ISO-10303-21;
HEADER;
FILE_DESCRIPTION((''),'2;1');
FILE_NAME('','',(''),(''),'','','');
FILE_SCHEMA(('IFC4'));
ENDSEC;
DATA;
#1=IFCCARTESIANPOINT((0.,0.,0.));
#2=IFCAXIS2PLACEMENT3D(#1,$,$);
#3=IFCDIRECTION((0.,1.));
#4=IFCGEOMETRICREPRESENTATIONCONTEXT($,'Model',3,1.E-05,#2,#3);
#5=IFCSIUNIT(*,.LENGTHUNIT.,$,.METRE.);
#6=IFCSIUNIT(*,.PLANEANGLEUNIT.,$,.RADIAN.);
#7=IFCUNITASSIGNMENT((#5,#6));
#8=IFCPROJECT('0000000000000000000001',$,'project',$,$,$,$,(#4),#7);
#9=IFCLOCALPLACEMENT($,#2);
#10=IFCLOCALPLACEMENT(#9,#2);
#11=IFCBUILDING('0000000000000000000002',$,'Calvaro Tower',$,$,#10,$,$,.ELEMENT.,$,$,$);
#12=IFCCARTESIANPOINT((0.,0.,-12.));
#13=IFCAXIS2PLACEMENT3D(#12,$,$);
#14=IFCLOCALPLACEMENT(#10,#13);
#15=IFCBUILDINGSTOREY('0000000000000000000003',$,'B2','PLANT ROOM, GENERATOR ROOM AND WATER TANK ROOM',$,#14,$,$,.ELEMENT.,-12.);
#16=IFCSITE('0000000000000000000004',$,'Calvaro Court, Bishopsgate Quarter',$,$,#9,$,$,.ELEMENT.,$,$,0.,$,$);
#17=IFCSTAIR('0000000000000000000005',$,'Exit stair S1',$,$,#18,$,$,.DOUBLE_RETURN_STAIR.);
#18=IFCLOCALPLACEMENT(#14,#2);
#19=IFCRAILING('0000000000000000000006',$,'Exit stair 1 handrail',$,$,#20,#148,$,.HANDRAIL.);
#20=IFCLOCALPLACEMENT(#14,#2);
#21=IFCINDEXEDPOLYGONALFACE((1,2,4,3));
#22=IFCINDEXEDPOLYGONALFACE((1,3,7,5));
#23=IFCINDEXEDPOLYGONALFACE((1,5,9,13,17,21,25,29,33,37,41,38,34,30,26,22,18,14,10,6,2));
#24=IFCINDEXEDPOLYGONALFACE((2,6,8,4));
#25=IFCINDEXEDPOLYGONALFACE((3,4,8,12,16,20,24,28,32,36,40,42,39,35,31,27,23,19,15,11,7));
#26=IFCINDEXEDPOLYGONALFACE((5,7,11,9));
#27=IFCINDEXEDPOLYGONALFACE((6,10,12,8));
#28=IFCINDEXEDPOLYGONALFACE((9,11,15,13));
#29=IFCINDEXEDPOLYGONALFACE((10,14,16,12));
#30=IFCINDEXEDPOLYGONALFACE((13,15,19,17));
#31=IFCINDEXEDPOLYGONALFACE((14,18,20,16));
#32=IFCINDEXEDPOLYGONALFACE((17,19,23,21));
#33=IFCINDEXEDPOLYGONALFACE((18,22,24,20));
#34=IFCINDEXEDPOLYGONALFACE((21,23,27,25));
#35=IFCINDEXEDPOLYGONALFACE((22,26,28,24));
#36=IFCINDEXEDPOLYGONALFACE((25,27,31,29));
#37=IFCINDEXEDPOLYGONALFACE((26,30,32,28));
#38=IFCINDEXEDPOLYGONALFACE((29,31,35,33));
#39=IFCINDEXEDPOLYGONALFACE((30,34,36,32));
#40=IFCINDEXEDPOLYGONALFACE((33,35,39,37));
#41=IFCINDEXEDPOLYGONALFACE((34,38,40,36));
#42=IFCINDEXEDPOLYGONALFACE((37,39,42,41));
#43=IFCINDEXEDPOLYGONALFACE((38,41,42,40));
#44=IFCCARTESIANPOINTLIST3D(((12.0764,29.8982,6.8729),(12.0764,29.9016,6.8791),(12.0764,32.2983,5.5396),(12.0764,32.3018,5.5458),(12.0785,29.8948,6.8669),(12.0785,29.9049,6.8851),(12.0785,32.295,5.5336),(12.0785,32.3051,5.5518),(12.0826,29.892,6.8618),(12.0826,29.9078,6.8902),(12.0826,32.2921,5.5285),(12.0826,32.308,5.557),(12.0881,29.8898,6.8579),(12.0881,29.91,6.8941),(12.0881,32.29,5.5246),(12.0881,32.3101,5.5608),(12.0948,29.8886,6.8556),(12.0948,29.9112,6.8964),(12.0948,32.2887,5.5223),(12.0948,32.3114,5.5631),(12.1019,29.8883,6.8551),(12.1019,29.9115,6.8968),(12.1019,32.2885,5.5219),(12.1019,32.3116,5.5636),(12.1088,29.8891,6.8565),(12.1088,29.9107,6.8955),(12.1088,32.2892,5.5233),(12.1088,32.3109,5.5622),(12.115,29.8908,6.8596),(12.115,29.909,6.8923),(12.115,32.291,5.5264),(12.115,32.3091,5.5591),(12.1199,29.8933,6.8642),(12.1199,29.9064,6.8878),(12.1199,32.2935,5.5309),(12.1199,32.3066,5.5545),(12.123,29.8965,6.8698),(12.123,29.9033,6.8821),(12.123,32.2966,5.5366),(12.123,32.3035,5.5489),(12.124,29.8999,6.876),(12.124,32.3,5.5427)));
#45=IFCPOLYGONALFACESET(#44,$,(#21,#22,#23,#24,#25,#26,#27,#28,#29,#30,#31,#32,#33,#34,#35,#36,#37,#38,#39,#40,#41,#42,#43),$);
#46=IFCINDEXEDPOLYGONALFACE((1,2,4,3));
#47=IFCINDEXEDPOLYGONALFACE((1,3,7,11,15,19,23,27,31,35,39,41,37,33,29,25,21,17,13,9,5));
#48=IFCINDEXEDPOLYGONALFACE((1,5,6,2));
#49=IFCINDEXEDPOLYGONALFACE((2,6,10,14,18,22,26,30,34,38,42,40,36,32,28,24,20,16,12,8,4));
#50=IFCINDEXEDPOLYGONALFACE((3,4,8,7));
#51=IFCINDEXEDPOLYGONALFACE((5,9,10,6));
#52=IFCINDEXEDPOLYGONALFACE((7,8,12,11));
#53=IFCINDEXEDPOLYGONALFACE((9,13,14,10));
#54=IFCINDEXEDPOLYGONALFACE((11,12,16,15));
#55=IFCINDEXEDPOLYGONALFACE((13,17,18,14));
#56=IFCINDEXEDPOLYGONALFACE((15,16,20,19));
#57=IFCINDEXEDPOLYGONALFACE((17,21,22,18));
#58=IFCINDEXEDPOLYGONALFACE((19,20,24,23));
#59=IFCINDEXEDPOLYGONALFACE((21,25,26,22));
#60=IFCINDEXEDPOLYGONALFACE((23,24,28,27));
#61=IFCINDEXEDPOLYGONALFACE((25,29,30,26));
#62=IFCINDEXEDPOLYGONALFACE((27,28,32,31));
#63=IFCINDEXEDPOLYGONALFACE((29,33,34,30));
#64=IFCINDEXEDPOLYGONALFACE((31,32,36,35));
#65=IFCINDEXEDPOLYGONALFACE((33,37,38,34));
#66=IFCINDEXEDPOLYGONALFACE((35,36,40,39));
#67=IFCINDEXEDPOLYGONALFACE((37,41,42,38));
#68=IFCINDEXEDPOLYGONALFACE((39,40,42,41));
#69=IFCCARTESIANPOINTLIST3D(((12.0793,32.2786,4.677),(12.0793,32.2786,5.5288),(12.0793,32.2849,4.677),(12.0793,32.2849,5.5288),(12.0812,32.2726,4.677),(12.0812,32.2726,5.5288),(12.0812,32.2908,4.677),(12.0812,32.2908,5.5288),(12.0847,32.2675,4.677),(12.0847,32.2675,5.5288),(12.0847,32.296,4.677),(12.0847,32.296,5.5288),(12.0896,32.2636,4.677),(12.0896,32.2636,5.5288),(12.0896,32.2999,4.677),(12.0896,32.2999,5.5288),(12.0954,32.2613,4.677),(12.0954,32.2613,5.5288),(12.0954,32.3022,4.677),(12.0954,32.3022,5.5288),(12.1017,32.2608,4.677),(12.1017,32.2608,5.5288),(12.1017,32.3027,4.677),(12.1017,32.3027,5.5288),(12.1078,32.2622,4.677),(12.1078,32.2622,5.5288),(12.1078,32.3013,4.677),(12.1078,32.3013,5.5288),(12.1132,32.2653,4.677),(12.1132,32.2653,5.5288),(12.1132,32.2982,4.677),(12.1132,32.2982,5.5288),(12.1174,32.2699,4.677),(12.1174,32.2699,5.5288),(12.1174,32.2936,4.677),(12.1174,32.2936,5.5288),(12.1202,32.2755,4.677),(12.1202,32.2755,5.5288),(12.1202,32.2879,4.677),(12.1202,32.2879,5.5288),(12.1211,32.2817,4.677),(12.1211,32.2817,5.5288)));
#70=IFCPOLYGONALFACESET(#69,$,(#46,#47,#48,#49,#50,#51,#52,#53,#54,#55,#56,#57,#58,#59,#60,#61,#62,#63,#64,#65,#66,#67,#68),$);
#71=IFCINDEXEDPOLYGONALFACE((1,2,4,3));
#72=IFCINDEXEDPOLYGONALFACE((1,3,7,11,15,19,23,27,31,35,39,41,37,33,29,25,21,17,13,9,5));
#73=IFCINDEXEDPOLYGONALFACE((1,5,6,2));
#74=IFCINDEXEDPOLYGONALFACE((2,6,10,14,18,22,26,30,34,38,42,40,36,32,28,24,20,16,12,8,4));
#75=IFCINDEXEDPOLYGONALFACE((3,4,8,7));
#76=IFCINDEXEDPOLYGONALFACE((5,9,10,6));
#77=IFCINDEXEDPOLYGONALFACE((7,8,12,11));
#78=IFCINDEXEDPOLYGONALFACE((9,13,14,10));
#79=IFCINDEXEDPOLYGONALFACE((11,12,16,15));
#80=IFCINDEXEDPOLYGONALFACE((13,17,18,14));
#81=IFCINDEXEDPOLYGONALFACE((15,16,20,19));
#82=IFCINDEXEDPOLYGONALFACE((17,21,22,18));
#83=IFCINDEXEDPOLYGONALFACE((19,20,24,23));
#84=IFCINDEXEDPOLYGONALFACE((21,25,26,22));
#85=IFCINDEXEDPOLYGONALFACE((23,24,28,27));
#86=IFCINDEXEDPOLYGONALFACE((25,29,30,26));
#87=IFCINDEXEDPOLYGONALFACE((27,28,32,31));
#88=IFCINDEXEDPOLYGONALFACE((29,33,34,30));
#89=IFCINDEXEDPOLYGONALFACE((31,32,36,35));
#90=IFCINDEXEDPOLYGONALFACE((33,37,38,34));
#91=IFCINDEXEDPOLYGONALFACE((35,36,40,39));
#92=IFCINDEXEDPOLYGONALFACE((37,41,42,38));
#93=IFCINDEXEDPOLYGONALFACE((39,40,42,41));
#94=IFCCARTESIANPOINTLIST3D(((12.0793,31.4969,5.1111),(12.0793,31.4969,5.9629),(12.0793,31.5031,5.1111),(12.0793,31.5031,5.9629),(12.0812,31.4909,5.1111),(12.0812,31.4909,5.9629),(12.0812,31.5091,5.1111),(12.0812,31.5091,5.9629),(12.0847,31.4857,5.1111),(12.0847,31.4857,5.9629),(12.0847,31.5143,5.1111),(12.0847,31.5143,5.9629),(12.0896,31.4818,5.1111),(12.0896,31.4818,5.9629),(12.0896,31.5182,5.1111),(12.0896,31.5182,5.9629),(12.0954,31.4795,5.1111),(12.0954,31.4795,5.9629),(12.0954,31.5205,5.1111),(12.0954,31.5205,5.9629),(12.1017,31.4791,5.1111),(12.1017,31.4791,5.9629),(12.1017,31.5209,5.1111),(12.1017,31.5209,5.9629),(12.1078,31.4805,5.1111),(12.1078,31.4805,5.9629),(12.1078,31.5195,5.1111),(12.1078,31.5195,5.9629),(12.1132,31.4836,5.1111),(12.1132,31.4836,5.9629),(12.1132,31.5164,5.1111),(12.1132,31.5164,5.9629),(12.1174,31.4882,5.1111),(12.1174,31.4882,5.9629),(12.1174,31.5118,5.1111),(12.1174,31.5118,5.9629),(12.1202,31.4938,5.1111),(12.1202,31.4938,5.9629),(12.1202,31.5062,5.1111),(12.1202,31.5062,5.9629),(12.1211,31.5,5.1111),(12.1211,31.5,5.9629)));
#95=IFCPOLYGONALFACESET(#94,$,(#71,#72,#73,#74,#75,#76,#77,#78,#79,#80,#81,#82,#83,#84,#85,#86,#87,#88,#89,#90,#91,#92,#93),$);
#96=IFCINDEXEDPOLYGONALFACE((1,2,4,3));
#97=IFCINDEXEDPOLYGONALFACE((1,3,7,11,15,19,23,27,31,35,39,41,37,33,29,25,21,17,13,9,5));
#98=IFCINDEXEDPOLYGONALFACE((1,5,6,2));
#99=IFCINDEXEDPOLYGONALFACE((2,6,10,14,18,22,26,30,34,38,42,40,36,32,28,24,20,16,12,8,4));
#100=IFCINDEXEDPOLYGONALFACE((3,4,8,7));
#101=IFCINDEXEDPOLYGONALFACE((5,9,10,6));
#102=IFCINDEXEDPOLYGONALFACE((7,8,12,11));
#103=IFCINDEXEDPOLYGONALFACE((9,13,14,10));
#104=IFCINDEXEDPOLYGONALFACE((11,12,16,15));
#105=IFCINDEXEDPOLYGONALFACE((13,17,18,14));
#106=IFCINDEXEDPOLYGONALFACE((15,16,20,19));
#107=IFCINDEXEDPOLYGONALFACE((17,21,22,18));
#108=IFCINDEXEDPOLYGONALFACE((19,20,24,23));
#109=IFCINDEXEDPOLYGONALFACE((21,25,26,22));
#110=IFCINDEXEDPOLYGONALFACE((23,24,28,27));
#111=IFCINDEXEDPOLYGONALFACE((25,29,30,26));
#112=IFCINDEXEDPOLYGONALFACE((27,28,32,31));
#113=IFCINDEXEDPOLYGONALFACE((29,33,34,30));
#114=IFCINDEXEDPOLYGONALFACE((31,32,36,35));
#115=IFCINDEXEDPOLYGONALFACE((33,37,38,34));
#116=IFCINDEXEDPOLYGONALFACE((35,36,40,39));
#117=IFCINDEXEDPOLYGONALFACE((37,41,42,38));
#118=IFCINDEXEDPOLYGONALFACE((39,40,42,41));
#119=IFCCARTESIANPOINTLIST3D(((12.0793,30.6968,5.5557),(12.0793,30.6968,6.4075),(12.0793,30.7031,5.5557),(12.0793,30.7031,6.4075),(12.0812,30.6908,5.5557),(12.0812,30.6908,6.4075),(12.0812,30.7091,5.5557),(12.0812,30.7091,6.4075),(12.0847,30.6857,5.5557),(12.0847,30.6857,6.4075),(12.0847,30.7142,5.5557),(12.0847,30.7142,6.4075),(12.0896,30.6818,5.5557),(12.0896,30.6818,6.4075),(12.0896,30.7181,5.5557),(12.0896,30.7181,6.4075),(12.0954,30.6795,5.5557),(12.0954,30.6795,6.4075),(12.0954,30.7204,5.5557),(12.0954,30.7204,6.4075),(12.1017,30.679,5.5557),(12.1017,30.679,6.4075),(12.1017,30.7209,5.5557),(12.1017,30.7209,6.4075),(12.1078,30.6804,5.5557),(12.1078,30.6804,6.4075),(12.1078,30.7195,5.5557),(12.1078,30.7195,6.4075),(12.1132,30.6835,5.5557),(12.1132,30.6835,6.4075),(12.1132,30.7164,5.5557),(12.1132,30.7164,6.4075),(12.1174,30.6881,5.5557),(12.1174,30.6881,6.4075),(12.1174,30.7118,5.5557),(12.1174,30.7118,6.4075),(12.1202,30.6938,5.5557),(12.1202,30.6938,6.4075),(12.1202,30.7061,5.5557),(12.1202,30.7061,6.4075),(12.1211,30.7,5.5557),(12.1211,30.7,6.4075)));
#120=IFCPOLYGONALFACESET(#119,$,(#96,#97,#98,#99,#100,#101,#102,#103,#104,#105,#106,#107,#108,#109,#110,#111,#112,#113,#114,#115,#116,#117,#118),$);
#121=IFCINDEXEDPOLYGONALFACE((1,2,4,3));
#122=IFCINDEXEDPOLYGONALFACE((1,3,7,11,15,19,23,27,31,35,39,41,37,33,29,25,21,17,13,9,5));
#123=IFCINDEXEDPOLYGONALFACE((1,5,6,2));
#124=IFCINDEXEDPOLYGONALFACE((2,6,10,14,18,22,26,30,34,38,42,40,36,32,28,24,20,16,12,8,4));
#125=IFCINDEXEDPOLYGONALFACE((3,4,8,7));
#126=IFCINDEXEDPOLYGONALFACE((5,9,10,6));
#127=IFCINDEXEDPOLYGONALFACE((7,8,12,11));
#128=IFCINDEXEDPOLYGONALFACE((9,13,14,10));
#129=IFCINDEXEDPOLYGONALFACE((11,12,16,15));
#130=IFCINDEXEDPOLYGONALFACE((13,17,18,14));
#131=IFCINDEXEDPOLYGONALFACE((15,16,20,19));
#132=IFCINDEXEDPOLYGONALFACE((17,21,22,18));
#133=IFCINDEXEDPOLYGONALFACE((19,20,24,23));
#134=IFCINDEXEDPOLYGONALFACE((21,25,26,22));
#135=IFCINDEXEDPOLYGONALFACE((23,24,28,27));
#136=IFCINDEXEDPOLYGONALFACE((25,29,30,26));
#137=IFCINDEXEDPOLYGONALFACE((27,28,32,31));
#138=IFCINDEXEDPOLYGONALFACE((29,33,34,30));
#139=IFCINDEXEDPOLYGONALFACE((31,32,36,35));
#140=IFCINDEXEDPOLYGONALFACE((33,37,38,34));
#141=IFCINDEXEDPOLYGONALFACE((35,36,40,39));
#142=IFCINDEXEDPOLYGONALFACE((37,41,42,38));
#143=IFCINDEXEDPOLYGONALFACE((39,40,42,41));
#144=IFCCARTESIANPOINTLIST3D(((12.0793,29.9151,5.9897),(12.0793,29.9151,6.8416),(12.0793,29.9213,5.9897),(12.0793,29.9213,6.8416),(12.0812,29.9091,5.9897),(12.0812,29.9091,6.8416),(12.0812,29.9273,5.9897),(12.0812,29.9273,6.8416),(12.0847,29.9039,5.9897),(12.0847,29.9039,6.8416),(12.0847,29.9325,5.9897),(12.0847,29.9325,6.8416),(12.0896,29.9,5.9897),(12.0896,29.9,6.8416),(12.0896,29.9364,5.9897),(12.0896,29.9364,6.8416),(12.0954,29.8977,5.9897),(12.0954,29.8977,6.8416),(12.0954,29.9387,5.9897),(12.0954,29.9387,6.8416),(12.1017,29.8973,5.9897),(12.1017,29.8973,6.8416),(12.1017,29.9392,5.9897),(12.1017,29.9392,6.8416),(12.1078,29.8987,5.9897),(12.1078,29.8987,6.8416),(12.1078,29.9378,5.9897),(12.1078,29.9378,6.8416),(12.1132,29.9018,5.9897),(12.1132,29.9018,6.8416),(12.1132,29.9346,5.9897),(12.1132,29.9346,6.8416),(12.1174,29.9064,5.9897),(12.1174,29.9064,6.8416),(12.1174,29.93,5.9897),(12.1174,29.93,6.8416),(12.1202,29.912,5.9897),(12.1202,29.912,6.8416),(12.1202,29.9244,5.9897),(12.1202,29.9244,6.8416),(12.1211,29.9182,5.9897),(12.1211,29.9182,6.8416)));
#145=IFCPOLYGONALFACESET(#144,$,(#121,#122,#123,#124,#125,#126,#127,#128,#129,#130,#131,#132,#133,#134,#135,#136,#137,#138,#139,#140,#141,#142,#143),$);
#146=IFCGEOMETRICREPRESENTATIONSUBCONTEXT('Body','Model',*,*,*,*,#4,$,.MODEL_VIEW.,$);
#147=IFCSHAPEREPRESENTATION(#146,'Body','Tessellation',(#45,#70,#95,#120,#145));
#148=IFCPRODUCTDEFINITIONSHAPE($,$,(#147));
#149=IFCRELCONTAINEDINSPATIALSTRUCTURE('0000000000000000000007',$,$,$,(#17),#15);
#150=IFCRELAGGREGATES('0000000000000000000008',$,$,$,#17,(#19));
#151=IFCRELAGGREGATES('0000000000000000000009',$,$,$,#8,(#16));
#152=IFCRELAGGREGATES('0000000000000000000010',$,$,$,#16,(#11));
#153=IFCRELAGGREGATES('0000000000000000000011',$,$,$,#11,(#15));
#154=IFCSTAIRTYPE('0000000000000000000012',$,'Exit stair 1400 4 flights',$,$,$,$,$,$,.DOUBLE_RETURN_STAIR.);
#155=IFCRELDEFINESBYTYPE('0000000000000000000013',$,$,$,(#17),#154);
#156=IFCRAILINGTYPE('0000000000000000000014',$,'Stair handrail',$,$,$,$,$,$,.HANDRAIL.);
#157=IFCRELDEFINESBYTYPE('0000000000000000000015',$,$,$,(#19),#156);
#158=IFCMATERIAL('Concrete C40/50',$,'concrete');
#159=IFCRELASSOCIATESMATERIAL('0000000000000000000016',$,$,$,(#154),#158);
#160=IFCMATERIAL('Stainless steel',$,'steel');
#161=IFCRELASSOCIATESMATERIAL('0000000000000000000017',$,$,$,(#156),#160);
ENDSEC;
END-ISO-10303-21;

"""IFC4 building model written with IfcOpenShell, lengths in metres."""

from ifc_helpers import new_model, si_unit, direction, frame, origin, origin_2d, place, context, subcontext, project, spatial, circle, extrude, material, type_object, element, aggregate, save


model = new_model("IFC4")

# Units and contexts
model_context = context("Model", 3, precision=1e-05, world=origin(), true_north=direction((0.0, 1.0)))
body_context = subcontext(model_context, "Body", "Model", "MODEL_VIEW")
ifc_project = project(units=[si_unit("LENGTHUNIT", "METRE"), si_unit("PLANEANGLEUNIT", "RADIAN")], contexts=[model_context])

# Site, building, storey
site_placement = place(None, origin())
site = spatial("IfcSite", under=ifc_project, at=site_placement, Name="Calvaro Court, Bishopsgate Quarter", CompositionType="ELEMENT", RefElevation=0.0)
building_placement = place(site_placement, origin())
building = spatial("IfcBuilding", under=site, at=building_placement, Name="Calvaro Tower", CompositionType="ELEMENT")
storey_placement = place(building_placement, frame((0.0, 0.0, -12.0)))
storey = spatial("IfcBuildingStorey", under=building, at=storey_placement, Name="B2", Description="PLANT ROOM, GENERATOR ROOM AND WATER TANK ROOM", CompositionType="ELEMENT", Elevation=-12.0)

# Stair, railing
ifc_material_1 = material(Name="Concrete C40/50", Category="concrete")
stair_type = type_object("IfcStairType", Name="Exit stair 1400 4 flights", PredefinedType="DOUBLE_RETURN_STAIR", material=ifc_material_1)
stair_placement = place(storey_placement, origin())
stair = element("IfcStair", 1, at=stair_placement, inside=storey, type_object=stair_type, Name="Exit stair S1", PredefinedType="DOUBLE_RETURN_STAIR")
ifc_material_2 = material(Name="Stainless steel", Category="steel")
railing_type = type_object("IfcRailingType", Name="Stair handrail", PredefinedType="HANDRAIL", material=ifc_material_2)
railing_1_placement = place(storey_placement, frame((12.1001, 32.3, 4.6667)))
railing_1 = element("IfcRailing", 2, at=railing_1_placement, type_object=railing_type, Name="Exit stair 1 handrail", PredefinedType="HANDRAIL", context=body_context, shape_type="SweptSolid", body=[
    extrude(circle(Radius=0.0239, at=origin_2d()), frame((0.0, 0.0, 0.876), z_axis=(0.0, -0.874182, 0.485598), x_axis=(1.0, 0.0, 0.0)), (0.0, 0.0, 1.0), 2.7456),
    extrude(circle(Radius=0.021, at=origin_2d()), frame((0.0, -0.0183, 0.0103)), (0.0, 0.0, 1.0), 0.8518),
    extrude(circle(Radius=0.021, at=origin_2d()), frame((0.0, -0.8, 0.4443)), (0.0, 0.0, 1.0), 0.8518),
    extrude(circle(Radius=0.021, at=origin_2d()), frame((0.0, -1.6001, 0.8889)), (0.0, 0.0, 1.0), 0.8518),
    extrude(circle(Radius=0.021, at=origin_2d()), frame((0.0, -2.3818, 1.323)), (0.0, 0.0, 1.0), 0.8518),
])
aggregate(stair, [railing_1])

save(model, "model.ifc")
